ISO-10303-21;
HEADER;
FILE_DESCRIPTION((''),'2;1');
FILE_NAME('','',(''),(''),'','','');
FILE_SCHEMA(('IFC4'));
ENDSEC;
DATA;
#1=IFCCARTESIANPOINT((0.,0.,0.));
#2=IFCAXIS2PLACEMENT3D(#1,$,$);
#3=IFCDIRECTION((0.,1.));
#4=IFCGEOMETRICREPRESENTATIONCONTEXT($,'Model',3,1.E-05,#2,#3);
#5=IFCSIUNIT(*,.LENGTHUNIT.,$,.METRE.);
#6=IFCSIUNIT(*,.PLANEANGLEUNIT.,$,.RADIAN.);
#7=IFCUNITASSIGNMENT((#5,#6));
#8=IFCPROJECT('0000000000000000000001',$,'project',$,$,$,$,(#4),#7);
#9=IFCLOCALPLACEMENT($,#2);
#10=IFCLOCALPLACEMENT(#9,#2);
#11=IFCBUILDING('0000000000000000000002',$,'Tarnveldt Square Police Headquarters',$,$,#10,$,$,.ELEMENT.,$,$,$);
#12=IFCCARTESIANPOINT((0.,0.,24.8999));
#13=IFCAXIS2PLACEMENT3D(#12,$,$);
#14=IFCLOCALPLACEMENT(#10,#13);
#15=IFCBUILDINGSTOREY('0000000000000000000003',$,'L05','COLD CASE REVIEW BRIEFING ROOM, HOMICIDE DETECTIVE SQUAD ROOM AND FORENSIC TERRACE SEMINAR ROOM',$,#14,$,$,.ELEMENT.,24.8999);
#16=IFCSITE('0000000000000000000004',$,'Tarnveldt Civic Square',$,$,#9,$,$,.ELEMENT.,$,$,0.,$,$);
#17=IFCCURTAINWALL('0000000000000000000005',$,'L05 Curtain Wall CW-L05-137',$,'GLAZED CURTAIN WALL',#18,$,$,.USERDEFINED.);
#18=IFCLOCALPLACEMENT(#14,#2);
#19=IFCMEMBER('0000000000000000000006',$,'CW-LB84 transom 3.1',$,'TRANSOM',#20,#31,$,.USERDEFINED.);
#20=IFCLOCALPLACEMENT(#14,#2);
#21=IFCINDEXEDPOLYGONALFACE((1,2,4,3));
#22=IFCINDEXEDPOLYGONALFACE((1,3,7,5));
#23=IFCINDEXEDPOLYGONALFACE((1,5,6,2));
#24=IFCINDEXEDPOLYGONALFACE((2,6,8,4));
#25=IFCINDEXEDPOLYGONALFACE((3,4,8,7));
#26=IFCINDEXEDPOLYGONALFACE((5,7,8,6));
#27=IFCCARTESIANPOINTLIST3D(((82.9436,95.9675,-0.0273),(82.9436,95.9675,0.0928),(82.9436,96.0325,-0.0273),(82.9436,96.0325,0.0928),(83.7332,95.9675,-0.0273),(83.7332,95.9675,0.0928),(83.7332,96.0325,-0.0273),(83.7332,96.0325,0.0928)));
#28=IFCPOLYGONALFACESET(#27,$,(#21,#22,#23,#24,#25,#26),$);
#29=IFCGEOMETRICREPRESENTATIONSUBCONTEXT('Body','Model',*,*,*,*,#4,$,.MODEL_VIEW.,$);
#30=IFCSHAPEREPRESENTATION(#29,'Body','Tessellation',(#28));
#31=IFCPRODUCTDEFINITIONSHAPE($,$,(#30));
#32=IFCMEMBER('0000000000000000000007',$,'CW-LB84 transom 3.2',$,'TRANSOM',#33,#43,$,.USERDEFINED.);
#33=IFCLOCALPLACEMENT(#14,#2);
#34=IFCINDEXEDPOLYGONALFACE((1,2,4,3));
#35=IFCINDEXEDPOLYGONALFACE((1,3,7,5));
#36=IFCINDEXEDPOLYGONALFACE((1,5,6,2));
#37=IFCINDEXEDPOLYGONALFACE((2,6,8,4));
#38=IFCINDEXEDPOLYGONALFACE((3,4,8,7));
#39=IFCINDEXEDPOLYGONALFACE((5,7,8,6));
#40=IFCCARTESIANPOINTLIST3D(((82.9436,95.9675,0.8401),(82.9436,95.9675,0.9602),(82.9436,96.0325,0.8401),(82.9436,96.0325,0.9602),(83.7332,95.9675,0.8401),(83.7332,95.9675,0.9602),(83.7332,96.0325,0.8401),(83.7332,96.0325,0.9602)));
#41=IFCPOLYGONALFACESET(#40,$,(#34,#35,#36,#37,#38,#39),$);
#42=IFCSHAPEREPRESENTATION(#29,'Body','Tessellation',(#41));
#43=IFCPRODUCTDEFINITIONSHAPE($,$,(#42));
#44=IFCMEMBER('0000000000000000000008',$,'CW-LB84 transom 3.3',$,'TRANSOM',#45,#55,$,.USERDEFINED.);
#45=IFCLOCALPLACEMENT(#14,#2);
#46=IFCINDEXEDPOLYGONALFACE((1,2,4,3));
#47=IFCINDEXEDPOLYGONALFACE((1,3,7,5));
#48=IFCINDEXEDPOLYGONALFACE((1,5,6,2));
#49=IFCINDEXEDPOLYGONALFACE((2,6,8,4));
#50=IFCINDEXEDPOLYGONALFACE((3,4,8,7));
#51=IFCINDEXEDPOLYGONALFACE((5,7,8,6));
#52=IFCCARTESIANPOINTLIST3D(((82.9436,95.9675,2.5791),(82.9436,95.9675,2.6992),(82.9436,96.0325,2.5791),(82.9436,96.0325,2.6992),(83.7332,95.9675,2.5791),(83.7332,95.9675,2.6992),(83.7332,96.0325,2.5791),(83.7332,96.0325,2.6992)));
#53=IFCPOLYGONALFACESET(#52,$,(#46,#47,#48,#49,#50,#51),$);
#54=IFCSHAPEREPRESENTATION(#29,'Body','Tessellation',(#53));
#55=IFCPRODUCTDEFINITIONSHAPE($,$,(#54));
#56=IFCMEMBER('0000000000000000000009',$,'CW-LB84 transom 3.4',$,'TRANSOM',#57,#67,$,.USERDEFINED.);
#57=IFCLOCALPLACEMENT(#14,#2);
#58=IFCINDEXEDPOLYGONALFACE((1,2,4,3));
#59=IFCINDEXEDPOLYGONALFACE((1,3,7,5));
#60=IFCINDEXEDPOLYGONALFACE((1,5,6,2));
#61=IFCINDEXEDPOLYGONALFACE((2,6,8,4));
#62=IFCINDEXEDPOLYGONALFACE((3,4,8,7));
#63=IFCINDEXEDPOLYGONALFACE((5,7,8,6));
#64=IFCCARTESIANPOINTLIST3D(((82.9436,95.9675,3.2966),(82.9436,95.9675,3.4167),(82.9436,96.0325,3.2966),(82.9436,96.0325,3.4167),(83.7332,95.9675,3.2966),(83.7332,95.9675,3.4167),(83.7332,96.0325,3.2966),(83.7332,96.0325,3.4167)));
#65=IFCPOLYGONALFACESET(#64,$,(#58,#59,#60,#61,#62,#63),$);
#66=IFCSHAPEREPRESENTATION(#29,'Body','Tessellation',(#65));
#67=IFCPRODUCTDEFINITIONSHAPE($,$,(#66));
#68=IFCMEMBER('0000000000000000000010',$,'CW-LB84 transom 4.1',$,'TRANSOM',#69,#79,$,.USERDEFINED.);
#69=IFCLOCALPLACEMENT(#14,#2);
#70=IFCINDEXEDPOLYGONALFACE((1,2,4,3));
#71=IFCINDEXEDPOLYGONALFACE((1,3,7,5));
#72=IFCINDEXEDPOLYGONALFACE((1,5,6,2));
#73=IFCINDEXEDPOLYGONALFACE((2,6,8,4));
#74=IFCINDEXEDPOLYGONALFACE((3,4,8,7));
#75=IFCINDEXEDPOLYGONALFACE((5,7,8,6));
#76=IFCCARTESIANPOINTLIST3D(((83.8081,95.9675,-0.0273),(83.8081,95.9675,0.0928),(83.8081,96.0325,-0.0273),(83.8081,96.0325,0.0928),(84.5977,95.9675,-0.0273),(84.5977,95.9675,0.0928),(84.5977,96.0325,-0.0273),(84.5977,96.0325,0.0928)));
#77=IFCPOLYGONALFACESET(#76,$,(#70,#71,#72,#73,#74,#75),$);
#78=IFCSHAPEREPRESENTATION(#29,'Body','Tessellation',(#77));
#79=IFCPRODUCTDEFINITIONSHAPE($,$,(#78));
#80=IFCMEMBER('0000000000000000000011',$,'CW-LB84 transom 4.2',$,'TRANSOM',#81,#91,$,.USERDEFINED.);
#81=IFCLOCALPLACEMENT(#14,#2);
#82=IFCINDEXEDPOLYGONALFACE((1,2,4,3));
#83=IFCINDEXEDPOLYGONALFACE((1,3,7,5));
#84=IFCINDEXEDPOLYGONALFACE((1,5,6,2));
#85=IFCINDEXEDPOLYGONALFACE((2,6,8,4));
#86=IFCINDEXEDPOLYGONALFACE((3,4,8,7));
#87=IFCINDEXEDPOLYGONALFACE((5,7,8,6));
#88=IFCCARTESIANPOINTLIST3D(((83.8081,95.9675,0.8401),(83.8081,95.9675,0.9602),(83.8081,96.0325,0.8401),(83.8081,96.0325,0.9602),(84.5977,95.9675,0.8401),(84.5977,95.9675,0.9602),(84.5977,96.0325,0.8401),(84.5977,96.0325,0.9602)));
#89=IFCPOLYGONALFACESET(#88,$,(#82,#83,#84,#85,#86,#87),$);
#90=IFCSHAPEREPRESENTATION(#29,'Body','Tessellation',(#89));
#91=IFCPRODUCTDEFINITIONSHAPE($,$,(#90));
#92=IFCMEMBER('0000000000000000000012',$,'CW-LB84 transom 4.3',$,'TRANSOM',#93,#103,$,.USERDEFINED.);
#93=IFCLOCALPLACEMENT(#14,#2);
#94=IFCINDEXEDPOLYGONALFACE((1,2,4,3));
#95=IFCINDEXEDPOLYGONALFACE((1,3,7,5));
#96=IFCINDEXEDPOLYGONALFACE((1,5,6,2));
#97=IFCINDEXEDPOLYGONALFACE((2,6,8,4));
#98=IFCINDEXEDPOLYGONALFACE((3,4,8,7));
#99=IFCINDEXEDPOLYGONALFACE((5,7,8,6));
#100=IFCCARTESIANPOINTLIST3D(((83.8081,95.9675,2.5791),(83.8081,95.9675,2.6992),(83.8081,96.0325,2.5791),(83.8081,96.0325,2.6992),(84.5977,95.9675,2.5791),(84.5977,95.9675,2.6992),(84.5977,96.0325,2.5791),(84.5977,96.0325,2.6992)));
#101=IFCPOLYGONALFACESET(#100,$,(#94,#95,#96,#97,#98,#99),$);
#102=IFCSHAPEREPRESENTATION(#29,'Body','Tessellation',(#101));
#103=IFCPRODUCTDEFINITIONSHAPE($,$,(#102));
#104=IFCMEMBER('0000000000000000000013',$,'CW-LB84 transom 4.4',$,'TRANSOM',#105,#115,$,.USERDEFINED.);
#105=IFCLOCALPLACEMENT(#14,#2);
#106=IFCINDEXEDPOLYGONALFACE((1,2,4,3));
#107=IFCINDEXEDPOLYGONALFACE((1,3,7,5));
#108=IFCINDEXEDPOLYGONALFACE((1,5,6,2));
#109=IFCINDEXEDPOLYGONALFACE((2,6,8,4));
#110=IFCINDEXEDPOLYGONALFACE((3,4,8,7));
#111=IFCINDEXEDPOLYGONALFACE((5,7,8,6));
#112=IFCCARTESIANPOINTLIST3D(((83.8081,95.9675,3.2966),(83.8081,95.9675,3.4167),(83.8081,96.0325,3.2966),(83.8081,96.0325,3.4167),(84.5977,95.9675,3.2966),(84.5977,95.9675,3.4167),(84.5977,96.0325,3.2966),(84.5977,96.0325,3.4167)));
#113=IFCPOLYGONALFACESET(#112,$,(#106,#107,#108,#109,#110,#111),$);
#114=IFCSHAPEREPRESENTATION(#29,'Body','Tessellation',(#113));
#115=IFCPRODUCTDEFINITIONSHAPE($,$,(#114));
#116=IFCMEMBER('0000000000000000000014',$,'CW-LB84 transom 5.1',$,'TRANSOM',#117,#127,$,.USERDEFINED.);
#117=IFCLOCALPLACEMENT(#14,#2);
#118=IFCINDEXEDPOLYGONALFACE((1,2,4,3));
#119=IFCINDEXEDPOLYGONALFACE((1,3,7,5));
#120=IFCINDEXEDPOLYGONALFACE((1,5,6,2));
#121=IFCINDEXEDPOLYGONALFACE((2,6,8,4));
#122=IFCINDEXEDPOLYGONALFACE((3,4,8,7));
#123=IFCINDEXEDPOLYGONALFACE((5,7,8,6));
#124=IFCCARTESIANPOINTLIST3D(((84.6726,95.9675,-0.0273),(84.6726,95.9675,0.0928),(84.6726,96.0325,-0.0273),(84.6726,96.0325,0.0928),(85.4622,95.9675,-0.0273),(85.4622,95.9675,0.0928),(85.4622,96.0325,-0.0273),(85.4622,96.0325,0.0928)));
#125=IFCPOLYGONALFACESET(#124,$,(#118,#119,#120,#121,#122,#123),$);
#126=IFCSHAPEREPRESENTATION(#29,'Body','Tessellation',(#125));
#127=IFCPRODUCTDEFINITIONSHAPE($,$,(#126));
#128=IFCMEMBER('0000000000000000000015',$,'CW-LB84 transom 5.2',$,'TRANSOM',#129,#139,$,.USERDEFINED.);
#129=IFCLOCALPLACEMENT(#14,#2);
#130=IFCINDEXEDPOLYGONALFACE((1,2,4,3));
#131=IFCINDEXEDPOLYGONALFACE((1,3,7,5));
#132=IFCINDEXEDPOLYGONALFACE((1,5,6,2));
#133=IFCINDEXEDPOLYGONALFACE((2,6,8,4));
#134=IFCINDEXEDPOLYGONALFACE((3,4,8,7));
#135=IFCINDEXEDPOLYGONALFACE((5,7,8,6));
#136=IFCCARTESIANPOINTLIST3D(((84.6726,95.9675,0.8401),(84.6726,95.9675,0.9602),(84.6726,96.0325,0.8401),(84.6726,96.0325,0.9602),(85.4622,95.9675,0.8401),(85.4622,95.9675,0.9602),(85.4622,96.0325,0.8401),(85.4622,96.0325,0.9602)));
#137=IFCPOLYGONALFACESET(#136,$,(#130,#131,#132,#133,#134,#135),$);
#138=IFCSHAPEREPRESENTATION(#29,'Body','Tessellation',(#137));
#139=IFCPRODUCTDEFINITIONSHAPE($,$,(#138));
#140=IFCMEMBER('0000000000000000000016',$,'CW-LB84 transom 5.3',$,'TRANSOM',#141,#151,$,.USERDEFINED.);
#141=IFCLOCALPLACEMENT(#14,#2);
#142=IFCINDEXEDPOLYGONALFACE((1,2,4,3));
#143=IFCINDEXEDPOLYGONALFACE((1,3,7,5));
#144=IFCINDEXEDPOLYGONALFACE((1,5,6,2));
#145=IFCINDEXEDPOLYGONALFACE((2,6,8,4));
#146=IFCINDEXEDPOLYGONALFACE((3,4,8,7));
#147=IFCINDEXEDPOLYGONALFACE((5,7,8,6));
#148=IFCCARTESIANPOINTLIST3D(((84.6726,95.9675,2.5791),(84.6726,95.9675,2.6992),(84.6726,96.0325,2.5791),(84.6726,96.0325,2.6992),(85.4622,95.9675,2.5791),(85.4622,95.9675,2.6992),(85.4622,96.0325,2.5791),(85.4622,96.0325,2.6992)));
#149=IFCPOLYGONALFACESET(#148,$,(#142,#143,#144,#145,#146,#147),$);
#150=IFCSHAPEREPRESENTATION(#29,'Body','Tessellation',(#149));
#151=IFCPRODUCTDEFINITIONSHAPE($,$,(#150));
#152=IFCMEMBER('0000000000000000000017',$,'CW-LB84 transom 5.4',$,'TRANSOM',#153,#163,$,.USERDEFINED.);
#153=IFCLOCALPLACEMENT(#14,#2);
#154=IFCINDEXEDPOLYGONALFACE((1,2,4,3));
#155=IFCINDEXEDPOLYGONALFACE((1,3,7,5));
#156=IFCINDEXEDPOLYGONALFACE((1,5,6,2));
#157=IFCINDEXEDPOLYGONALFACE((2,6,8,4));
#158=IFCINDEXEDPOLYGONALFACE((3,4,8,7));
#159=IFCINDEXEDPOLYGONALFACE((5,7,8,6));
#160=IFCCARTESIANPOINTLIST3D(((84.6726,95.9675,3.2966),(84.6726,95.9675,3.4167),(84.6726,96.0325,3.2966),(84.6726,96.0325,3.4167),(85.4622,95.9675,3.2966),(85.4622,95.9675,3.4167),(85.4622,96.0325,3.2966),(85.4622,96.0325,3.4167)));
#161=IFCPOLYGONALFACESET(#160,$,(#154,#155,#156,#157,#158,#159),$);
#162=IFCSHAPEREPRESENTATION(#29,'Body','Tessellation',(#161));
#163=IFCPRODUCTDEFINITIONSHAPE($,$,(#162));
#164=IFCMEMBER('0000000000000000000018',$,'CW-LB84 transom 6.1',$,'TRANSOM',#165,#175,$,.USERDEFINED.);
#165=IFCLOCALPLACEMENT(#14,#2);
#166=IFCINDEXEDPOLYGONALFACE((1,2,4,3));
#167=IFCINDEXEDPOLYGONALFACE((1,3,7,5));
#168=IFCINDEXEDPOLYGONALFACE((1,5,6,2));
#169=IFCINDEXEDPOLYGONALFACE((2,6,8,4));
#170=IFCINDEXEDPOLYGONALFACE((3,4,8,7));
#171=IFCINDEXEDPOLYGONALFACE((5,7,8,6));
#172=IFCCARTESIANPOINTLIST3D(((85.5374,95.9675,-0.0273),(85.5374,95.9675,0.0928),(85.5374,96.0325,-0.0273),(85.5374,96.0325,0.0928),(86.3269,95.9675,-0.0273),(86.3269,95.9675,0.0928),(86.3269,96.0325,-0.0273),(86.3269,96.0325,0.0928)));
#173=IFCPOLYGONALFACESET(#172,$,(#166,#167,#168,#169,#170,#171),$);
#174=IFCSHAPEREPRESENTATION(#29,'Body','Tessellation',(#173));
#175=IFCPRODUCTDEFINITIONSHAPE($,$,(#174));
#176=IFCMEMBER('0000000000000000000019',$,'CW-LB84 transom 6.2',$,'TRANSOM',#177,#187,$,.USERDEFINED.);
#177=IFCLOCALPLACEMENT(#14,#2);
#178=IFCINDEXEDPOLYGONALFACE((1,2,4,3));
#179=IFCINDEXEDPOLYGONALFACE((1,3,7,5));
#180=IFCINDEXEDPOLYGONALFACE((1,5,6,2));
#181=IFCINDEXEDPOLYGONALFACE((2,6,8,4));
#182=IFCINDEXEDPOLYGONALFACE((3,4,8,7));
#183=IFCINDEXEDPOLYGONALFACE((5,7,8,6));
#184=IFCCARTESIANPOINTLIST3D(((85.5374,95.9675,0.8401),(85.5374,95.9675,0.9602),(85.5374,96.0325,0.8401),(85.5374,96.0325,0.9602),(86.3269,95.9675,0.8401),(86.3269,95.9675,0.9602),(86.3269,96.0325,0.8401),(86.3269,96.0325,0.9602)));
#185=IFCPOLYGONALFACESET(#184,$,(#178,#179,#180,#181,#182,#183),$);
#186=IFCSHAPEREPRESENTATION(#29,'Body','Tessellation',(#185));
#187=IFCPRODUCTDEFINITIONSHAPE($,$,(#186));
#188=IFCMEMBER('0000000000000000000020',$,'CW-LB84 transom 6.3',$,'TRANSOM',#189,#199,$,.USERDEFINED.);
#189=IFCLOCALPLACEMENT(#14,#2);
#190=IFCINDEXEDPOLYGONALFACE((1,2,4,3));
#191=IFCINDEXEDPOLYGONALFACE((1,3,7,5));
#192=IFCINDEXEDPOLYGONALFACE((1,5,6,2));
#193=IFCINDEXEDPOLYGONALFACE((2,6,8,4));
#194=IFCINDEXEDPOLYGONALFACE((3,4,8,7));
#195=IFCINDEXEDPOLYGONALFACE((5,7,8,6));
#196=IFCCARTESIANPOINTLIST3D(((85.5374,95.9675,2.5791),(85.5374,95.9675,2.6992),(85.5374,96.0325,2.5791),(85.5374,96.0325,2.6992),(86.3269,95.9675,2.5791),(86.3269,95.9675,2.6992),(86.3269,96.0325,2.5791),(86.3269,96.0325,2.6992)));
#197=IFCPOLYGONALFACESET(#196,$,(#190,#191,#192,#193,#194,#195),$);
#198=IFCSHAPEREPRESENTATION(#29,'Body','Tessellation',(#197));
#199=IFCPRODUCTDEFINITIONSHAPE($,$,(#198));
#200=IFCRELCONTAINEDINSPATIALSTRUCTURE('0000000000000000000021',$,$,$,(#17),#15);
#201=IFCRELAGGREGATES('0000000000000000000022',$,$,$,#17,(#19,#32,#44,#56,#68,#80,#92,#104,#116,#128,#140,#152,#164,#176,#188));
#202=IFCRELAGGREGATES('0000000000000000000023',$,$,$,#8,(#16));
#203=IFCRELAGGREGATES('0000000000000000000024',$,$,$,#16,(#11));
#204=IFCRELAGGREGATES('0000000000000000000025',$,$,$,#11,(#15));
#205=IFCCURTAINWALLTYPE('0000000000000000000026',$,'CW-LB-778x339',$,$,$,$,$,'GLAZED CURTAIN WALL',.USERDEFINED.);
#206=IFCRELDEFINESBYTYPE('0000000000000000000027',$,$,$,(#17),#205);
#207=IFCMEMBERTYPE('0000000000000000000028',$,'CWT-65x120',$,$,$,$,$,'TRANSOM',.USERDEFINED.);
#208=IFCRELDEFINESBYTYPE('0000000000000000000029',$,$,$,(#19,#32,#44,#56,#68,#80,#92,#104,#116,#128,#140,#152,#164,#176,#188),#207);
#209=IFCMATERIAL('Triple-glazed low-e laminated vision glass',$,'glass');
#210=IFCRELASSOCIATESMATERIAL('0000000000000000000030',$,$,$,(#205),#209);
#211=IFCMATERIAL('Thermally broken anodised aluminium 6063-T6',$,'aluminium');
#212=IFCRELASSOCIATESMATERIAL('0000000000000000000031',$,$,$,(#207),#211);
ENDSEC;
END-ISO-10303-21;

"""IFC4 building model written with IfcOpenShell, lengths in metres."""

from ifc_helpers import new_model, si_unit, direction, frame, origin, origin_2d, place, context, subcontext, project, spatial, rectangle, extrude, material, material_profile, profile_set, type_object, element, aggregate, save


model = new_model("IFC4")

# Units and contexts
model_context = context("Model", 3, precision=1e-05, world=origin(), true_north=direction((0.0, 1.0)))
body_context = subcontext(model_context, "Body", "Model", "MODEL_VIEW")
ifc_project = project(units=[si_unit("LENGTHUNIT", "METRE"), si_unit("PLANEANGLEUNIT", "RADIAN")], contexts=[model_context])

# Site, building, storey
site_placement = place(None, origin())
site = spatial("IfcSite", under=ifc_project, at=site_placement, Name="Tarnveldt Civic Square", CompositionType="ELEMENT", RefElevation=0.0)
building_placement = place(site_placement, origin())
building = spatial("IfcBuilding", under=site, at=building_placement, Name="Tarnveldt Square Police Headquarters", CompositionType="ELEMENT")
storey_placement = place(building_placement, frame((0.0, 0.0, 24.8999)))
storey = spatial("IfcBuildingStorey", under=building, at=storey_placement, Name="L05", Description="COLD CASE REVIEW BRIEFING ROOM, HOMICIDE DETECTIVE SQUAD ROOM AND FORENSIC TERRACE SEMINAR ROOM", CompositionType="ELEMENT", Elevation=24.8999)

# Curtain wall, members
ifc_material_1 = material(Name="Triple-glazed low-e laminated vision glass", Category="glass")
curtain_wall_type = type_object("IfcCurtainWallType", Name="CW-LB-778x339", ElementType="GLAZED CURTAIN WALL", PredefinedType="USERDEFINED", material=ifc_material_1)
curtain_wall_placement = place(storey_placement, origin())
curtain_wall = element("IfcCurtainWall", 1, at=curtain_wall_placement, inside=storey, type_object=curtain_wall_type, Name="L05 Curtain Wall CW-L05-137", ObjectType="GLAZED CURTAIN WALL", PredefinedType="USERDEFINED")
ifc_material_2 = material(Name="Thermally broken anodised aluminium 6063-T6", Category="aluminium")
ifc_material_profile_1 = material_profile(ifc_material_2, rectangle(XDim=0.0649, YDim=0.1201, at=origin_2d()), Name="CW-T65x120")
ifc_profile_set_1 = profile_set([ifc_material_profile_1], Name="Thermally broken anodised aluminium 6063-T6")
member_type_1 = type_object("IfcMemberType", Name="CWT-65x120", ElementType="TRANSOM", PredefinedType="USERDEFINED", material=ifc_profile_set_1)
member_1_placement = place(storey_placement, frame((82.9436, 96.0, 0.0327), z_axis=(1.0, 0.0, 0.0), x_axis=(0.0, 1.0, 0.0)))
member_1 = element("IfcMember", 2, at=member_1_placement, type_object=member_type_1, Name="CW-LB84 transom 3.1", ObjectType="TRANSOM", PredefinedType="USERDEFINED", context=body_context, shape_type="SweptSolid", body=[
    extrude(rectangle(XDim=0.0649, YDim=0.1201, at=origin_2d()), origin(), (0.0, 0.0, 1.0), 0.7896),
])
member_2_placement = place(storey_placement, frame((82.9436, 96.0, 0.9001), z_axis=(1.0, 0.0, 0.0), x_axis=(0.0, 1.0, 0.0)))
member_2 = element("IfcMember", 3, at=member_2_placement, type_object=member_type_1, Name="CW-LB84 transom 3.2", ObjectType="TRANSOM", PredefinedType="USERDEFINED", context=body_context, shape_type="SweptSolid", body=[
    extrude(rectangle(XDim=0.0649, YDim=0.1201, at=origin_2d()), origin(), (0.0, 0.0, 1.0), 0.7896),
])
member_3_placement = place(storey_placement, frame((82.9436, 96.0, 2.6392), z_axis=(1.0, 0.0, 0.0), x_axis=(0.0, 1.0, 0.0)))
member_3 = element("IfcMember", 4, at=member_3_placement, type_object=member_type_1, Name="CW-LB84 transom 3.3", ObjectType="TRANSOM", PredefinedType="USERDEFINED", context=body_context, shape_type="SweptSolid", body=[
    extrude(rectangle(XDim=0.0649, YDim=0.1201, at=origin_2d()), origin(), (0.0, 0.0, 1.0), 0.7896),
])
member_4_placement = place(storey_placement, frame((82.9436, 96.0, 3.3567), z_axis=(1.0, 0.0, 0.0), x_axis=(0.0, 1.0, 0.0)))
member_4 = element("IfcMember", 5, at=member_4_placement, type_object=member_type_1, Name="CW-LB84 transom 3.4", ObjectType="TRANSOM", PredefinedType="USERDEFINED", context=body_context, shape_type="SweptSolid", body=[
    extrude(rectangle(XDim=0.0649, YDim=0.1201, at=origin_2d()), origin(), (0.0, 0.0, 1.0), 0.7896),
])
member_5_placement = place(storey_placement, frame((83.8081, 96.0, 0.0327), z_axis=(1.0, 0.0, 0.0), x_axis=(0.0, 1.0, 0.0)))
member_5 = element("IfcMember", 6, at=member_5_placement, type_object=member_type_1, Name="CW-LB84 transom 4.1", ObjectType="TRANSOM", PredefinedType="USERDEFINED", context=body_context, shape_type="SweptSolid", body=[
    extrude(rectangle(XDim=0.0649, YDim=0.1201, at=origin_2d()), origin(), (0.0, 0.0, 1.0), 0.7896),
])
member_6_placement = place(storey_placement, frame((83.8081, 96.0, 0.9001), z_axis=(1.0, 0.0, 0.0), x_axis=(0.0, 1.0, 0.0)))
member_6 = element("IfcMember", 7, at=member_6_placement, type_object=member_type_1, Name="CW-LB84 transom 4.2", ObjectType="TRANSOM", PredefinedType="USERDEFINED", context=body_context, shape_type="SweptSolid", body=[
    extrude(rectangle(XDim=0.0649, YDim=0.1201, at=origin_2d()), origin(), (0.0, 0.0, 1.0), 0.7896),
])
member_7_placement = place(storey_placement, frame((83.8081, 96.0, 2.6392), z_axis=(1.0, 0.0, 0.0), x_axis=(0.0, 1.0, 0.0)))
member_7 = element("IfcMember", 8, at=member_7_placement, type_object=member_type_1, Name="CW-LB84 transom 4.3", ObjectType="TRANSOM", PredefinedType="USERDEFINED", context=body_context, shape_type="SweptSolid", body=[
    extrude(rectangle(XDim=0.0649, YDim=0.1201, at=origin_2d()), origin(), (0.0, 0.0, 1.0), 0.7896),
])
member_8_placement = place(storey_placement, frame((83.8081, 96.0, 3.3567), z_axis=(1.0, 0.0, 0.0), x_axis=(0.0, 1.0, 0.0)))
member_8 = element("IfcMember", 9, at=member_8_placement, type_object=member_type_1, Name="CW-LB84 transom 4.4", ObjectType="TRANSOM", PredefinedType="USERDEFINED", context=body_context, shape_type="SweptSolid", body=[
    extrude(rectangle(XDim=0.0649, YDim=0.1201, at=origin_2d()), origin(), (0.0, 0.0, 1.0), 0.7896),
])
member_9_placement = place(storey_placement, frame((84.6726, 96.0, 0.0327), z_axis=(1.0, 0.0, 0.0), x_axis=(0.0, 1.0, 0.0)))
member_9 = element("IfcMember", 10, at=member_9_placement, type_object=member_type_1, Name="CW-LB84 transom 5.1", ObjectType="TRANSOM", PredefinedType="USERDEFINED", context=body_context, shape_type="SweptSolid", body=[
    extrude(rectangle(XDim=0.0649, YDim=0.1201, at=origin_2d()), origin(), (0.0, 0.0, 1.0), 0.7896),
])
member_10_placement = place(storey_placement, frame((84.6726, 96.0, 0.9001), z_axis=(1.0, 0.0, 0.0), x_axis=(0.0, 1.0, 0.0)))
member_10 = element("IfcMember", 11, at=member_10_placement, type_object=member_type_1, Name="CW-LB84 transom 5.2", ObjectType="TRANSOM", PredefinedType="USERDEFINED", context=body_context, shape_type="SweptSolid", body=[
    extrude(rectangle(XDim=0.0649, YDim=0.1201, at=origin_2d()), origin(), (0.0, 0.0, 1.0), 0.7896),
])
member_11_placement = place(storey_placement, frame((84.6726, 96.0, 2.6392), z_axis=(1.0, 0.0, 0.0), x_axis=(0.0, 1.0, 0.0)))
member_11 = element("IfcMember", 12, at=member_11_placement, type_object=member_type_1, Name="CW-LB84 transom 5.3", ObjectType="TRANSOM", PredefinedType="USERDEFINED", context=body_context, shape_type="SweptSolid", body=[
    extrude(rectangle(XDim=0.0649, YDim=0.1201, at=origin_2d()), origin(), (0.0, 0.0, 1.0), 0.7896),
])
member_12_placement = place(storey_placement, frame((84.6726, 96.0, 3.3567), z_axis=(1.0, 0.0, 0.0), x_axis=(0.0, 1.0, 0.0)))
member_12 = element("IfcMember", 13, at=member_12_placement, type_object=member_type_1, Name="CW-LB84 transom 5.4", ObjectType="TRANSOM", PredefinedType="USERDEFINED", context=body_context, shape_type="SweptSolid", body=[
    extrude(rectangle(XDim=0.0649, YDim=0.1201, at=origin_2d()), origin(), (0.0, 0.0, 1.0), 0.7896),
])
member_13_placement = place(storey_placement, frame((85.5374, 96.0, 0.0327), z_axis=(1.0, 0.0, 0.0), x_axis=(0.0, 1.0, 0.0)))
member_13 = element("IfcMember", 14, at=member_13_placement, type_object=member_type_1, Name="CW-LB84 transom 6.1", ObjectType="TRANSOM", PredefinedType="USERDEFINED", context=body_context, shape_type="SweptSolid", body=[
    extrude(rectangle(XDim=0.0649, YDim=0.1201, at=origin_2d()), origin(), (0.0, 0.0, 1.0), 0.7896),
])
member_14_placement = place(storey_placement, frame((85.5374, 96.0, 0.9001), z_axis=(1.0, 0.0, 0.0), x_axis=(0.0, 1.0, 0.0)))
member_14 = element("IfcMember", 15, at=member_14_placement, type_object=member_type_1, Name="CW-LB84 transom 6.2", ObjectType="TRANSOM", PredefinedType="USERDEFINED", context=body_context, shape_type="SweptSolid", body=[
    extrude(rectangle(XDim=0.0649, YDim=0.1201, at=origin_2d()), origin(), (0.0, 0.0, 1.0), 0.7896),
])
member_15_placement = place(storey_placement, frame((85.5374, 96.0, 2.6392), z_axis=(1.0, 0.0, 0.0), x_axis=(0.0, 1.0, 0.0)))
member_15 = element("IfcMember", 16, at=member_15_placement, type_object=member_type_1, Name="CW-LB84 transom 6.3", ObjectType="TRANSOM", PredefinedType="USERDEFINED", context=body_context, shape_type="SweptSolid", body=[
    extrude(rectangle(XDim=0.0649, YDim=0.1201, at=origin_2d()), origin(), (0.0, 0.0, 1.0), 0.7896),
])
aggregate(curtain_wall, [member_1, member_2, member_3, member_4, member_5, member_6, member_7, member_8, member_9, member_10, member_11, member_12, member_13, member_14, member_15])

save(model, "model.ifc")
